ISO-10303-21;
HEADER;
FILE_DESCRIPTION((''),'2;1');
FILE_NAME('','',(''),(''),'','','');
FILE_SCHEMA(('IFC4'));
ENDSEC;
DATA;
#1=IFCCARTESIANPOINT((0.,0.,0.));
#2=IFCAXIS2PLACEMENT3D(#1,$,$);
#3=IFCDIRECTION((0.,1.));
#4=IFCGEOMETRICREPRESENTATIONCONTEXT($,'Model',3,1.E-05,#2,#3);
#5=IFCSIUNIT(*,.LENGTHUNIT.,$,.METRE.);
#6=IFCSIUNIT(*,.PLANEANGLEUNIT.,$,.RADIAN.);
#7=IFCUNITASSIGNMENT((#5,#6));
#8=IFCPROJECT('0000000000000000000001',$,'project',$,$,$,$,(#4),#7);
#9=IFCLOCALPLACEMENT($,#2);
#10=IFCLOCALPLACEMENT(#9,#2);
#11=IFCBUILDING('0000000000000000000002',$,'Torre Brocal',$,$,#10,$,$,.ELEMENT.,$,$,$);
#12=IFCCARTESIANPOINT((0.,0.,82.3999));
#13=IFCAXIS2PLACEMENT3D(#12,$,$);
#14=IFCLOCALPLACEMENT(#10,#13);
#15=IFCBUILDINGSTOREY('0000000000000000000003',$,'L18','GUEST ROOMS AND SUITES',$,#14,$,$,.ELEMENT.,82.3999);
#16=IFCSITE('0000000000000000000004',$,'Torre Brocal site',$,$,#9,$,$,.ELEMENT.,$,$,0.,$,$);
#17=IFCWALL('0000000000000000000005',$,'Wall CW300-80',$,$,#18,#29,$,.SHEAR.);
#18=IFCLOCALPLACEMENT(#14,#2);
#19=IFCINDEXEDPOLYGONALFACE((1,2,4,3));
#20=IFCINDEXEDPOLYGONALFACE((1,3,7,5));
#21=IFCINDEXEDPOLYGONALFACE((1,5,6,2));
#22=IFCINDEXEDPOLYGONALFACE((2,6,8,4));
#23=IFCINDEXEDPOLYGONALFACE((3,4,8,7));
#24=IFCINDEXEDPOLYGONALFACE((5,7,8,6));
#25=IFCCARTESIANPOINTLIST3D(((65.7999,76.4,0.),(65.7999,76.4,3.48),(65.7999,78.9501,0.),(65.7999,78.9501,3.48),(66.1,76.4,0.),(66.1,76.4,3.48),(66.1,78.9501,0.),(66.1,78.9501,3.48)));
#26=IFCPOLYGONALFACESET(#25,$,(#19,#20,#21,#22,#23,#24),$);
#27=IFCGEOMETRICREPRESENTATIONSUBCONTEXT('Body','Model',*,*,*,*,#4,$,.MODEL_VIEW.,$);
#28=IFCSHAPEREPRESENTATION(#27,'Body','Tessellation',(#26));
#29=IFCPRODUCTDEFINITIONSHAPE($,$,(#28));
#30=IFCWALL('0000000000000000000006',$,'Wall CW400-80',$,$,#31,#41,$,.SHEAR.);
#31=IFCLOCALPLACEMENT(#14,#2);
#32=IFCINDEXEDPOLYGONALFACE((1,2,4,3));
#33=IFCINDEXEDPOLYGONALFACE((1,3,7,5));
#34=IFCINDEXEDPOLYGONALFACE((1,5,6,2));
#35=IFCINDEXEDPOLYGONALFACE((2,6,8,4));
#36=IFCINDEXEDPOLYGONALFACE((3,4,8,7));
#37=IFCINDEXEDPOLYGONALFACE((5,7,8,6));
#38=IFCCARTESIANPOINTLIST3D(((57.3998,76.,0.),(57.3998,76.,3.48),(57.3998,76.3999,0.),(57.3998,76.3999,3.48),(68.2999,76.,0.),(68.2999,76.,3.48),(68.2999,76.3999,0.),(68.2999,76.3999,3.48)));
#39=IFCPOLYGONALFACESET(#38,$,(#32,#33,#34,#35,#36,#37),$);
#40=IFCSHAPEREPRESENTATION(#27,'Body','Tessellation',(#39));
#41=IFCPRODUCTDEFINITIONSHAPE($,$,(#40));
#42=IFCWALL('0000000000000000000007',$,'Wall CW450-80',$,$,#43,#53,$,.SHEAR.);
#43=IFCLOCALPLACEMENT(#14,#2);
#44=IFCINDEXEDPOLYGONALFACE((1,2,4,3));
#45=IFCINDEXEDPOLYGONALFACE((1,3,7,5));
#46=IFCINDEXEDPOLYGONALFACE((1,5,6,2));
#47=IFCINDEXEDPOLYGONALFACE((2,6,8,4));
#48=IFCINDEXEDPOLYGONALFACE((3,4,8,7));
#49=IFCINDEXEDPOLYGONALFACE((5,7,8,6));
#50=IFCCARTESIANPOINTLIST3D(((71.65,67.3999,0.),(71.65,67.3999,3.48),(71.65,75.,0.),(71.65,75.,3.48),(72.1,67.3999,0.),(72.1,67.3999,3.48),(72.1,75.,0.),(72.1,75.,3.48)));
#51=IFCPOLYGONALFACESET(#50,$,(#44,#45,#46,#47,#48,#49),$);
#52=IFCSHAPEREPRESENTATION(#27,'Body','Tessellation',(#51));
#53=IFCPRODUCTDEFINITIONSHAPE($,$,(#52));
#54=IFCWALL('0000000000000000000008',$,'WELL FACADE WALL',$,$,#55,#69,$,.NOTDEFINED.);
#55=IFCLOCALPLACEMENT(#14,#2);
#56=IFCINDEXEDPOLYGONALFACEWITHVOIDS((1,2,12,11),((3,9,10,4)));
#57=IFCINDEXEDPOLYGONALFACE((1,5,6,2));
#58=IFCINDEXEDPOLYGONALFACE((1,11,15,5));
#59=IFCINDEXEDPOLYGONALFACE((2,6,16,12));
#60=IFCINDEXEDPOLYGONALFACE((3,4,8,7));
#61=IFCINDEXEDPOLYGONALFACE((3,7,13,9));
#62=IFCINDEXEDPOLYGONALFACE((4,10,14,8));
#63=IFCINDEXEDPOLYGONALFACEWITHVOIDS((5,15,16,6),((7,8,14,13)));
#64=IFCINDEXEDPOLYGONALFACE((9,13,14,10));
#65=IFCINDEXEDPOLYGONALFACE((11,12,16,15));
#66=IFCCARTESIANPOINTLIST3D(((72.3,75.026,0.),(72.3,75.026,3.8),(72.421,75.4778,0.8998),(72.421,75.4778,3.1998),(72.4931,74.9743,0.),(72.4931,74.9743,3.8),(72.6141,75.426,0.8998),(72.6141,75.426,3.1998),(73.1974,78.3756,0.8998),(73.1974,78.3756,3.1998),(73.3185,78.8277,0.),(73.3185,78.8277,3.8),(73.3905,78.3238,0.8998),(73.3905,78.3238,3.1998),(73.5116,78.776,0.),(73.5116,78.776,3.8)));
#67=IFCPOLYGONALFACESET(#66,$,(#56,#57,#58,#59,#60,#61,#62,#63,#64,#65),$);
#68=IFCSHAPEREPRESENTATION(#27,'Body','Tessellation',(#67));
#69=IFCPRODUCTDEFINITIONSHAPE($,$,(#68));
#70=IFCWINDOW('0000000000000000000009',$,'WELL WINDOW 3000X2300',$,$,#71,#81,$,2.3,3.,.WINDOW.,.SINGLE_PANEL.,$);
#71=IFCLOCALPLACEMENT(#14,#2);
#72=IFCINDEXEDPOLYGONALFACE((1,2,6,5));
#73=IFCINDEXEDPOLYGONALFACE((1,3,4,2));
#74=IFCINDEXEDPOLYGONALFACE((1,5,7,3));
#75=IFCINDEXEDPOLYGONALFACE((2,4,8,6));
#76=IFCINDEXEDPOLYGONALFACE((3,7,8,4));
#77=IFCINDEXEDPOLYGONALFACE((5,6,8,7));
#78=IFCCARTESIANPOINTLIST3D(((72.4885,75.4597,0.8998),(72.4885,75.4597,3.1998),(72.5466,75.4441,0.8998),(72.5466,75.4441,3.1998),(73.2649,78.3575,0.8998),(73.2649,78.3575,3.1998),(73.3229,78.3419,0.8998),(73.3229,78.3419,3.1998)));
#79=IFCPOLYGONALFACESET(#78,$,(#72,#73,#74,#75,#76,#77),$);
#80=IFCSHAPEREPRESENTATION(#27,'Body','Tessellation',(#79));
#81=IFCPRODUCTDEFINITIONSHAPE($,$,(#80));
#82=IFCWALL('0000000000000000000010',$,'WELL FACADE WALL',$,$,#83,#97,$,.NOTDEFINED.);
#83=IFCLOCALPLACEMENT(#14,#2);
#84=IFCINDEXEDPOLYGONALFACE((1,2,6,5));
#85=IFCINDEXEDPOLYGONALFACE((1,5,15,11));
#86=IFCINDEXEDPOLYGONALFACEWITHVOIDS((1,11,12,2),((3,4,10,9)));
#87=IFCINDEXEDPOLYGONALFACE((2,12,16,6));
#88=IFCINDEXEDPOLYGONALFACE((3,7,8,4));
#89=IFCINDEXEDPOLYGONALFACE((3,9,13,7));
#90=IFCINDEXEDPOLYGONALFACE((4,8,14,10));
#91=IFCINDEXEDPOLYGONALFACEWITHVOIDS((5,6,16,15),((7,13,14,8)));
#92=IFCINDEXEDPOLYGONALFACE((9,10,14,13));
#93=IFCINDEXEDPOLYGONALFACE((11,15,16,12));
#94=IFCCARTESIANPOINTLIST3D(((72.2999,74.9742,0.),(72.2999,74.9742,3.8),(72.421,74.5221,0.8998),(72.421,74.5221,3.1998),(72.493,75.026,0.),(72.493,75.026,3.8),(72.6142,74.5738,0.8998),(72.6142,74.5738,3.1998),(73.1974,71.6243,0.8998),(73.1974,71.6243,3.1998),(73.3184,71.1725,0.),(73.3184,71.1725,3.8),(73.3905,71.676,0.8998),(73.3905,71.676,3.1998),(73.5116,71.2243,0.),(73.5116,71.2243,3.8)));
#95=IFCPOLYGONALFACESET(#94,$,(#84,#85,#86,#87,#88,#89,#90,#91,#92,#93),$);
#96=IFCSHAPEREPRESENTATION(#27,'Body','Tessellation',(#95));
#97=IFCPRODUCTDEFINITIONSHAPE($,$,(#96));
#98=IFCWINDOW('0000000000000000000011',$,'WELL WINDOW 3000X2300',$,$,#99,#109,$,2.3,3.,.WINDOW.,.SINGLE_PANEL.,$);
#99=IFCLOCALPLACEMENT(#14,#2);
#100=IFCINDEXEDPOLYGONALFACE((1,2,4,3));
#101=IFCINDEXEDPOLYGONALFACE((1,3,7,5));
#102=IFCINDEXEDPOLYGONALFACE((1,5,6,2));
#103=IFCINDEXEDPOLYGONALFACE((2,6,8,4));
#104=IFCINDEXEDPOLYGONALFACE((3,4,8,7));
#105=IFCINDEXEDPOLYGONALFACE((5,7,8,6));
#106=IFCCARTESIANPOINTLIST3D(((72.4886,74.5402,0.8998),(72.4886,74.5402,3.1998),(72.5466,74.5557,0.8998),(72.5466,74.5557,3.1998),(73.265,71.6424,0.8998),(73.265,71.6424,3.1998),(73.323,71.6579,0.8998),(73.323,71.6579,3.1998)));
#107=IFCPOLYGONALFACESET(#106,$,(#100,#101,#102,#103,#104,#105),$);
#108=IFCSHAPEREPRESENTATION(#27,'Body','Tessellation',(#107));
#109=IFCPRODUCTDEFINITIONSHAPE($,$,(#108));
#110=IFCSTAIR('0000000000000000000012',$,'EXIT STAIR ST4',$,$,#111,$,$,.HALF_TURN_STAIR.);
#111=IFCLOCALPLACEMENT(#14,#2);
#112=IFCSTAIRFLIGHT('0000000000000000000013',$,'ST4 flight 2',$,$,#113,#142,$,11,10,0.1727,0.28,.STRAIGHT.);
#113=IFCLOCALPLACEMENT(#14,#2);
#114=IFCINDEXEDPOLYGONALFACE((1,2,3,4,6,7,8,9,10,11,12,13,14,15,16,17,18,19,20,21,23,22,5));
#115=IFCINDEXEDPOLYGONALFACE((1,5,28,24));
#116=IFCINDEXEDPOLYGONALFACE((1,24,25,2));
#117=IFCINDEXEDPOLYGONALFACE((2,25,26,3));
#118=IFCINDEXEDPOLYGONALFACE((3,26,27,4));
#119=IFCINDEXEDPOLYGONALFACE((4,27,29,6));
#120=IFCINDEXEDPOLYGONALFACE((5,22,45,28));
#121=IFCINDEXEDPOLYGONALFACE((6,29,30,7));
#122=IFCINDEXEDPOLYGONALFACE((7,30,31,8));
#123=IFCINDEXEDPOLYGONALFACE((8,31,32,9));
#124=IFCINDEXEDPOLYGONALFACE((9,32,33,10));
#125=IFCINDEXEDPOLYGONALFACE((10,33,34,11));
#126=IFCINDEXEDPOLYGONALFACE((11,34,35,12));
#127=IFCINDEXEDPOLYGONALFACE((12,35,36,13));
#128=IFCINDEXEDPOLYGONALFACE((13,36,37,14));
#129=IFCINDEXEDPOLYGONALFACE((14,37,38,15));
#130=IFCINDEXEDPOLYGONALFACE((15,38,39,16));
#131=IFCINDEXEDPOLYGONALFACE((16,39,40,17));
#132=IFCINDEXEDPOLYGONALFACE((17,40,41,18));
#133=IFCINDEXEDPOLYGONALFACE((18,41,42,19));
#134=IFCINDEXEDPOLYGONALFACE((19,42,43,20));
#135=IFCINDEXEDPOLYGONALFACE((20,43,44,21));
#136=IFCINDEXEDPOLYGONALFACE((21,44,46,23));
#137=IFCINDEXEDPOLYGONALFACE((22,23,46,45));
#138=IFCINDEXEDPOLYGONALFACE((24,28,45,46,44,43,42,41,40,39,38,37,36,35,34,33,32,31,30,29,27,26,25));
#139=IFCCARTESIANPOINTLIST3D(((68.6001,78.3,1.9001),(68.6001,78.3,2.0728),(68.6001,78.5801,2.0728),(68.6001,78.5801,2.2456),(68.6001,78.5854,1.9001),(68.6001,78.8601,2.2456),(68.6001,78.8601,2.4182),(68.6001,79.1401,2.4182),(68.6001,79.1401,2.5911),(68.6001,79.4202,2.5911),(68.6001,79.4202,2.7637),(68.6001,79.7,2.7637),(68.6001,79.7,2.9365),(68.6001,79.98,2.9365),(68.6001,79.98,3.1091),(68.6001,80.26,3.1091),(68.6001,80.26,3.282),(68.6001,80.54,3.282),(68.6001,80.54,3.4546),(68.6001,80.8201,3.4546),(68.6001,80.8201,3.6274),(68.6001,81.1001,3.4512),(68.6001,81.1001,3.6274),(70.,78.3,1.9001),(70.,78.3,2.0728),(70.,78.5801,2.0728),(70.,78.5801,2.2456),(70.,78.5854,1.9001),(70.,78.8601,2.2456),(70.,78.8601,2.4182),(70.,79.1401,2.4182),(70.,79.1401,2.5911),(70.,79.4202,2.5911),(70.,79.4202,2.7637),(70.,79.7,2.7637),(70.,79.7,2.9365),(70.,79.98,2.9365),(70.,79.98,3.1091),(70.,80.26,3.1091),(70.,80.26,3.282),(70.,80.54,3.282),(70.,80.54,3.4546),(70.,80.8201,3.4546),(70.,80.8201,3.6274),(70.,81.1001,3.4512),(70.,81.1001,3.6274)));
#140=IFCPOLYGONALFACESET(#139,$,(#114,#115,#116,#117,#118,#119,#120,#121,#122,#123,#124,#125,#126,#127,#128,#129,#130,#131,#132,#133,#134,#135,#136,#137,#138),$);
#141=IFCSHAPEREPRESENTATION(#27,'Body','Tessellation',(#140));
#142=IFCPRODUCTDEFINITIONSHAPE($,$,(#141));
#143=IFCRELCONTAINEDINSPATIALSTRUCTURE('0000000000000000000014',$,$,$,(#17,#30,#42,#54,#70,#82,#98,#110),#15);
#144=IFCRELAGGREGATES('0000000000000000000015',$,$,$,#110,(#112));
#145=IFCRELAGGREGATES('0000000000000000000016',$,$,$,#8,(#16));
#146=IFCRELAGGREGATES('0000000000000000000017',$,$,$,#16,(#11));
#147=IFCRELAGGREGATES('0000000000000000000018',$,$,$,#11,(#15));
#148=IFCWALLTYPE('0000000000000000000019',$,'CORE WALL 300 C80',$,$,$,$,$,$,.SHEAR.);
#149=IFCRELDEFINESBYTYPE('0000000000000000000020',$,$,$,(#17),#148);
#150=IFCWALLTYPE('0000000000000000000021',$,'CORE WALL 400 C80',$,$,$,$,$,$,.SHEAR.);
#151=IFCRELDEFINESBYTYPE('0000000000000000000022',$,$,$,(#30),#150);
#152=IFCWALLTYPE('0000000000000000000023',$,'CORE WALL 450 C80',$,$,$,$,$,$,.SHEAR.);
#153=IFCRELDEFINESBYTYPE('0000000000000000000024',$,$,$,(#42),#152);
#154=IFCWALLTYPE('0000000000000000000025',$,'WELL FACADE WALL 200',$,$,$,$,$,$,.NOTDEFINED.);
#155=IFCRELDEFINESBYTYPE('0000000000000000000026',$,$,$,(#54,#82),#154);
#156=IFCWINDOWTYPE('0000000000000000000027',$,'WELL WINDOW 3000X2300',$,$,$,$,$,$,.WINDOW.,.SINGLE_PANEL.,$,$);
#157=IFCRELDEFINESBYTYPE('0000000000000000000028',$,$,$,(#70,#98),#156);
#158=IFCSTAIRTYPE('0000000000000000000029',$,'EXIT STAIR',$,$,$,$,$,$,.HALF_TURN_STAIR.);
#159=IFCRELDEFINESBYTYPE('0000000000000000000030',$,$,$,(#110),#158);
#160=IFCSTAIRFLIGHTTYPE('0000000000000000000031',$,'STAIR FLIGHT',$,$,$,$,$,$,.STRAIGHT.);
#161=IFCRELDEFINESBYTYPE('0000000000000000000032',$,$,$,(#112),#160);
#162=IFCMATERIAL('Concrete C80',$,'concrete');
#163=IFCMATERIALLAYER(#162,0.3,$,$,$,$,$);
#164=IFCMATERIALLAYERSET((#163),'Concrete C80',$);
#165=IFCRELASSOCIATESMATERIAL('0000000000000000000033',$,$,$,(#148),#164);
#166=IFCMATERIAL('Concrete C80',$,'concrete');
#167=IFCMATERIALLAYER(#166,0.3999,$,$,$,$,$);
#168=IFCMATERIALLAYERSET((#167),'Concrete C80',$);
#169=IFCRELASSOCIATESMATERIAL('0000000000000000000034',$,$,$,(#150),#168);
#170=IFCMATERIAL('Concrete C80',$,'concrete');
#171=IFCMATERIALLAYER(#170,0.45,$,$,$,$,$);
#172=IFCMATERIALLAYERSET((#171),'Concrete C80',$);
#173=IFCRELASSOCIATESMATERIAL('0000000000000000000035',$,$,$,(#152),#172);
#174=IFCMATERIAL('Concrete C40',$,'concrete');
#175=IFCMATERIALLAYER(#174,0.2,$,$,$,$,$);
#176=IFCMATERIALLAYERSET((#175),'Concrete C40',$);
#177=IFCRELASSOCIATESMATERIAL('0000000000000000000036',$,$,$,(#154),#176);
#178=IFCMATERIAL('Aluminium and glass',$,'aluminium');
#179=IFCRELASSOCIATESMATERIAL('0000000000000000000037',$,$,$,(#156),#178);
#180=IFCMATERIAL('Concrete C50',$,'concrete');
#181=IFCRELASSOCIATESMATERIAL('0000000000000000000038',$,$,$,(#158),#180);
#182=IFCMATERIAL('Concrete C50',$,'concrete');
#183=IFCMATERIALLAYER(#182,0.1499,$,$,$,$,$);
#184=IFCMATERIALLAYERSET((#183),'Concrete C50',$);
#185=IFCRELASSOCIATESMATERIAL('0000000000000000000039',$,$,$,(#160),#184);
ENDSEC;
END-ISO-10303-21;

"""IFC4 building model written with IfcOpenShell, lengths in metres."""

from ifc_helpers import new_model, si_unit, direction, frame, frame_2d, origin, place, context, subcontext, project, spatial, polyline, rectangle, outline, extrude, material, layer, layer_set, type_object, element, fill, aggregate, save


model = new_model("IFC4")

# Units and contexts
model_context = context("Model", 3, precision=1e-05, world=origin(), true_north=direction((0.0, 1.0)))
body_context = subcontext(model_context, "Body", "Model", "MODEL_VIEW")
ifc_project = project(units=[si_unit("LENGTHUNIT", "METRE"), si_unit("PLANEANGLEUNIT", "RADIAN")], contexts=[model_context])

# Site, building, storey
site_placement = place(None, origin())
site = spatial("IfcSite", under=ifc_project, at=site_placement, Name="Torre Brocal site", CompositionType="ELEMENT", RefElevation=0.0)
building_placement = place(site_placement, origin())
building = spatial("IfcBuilding", under=site, at=building_placement, Name="Torre Brocal", CompositionType="ELEMENT")
storey_placement = place(building_placement, frame((0.0, 0.0, 82.3999)))
storey = spatial("IfcBuildingStorey", under=building, at=storey_placement, Name="L18", Description="GUEST ROOMS AND SUITES", CompositionType="ELEMENT", Elevation=82.3999)

# Shared definitions
ifc_material_1 = material(Name="Concrete C80", Category="concrete")
ifc_layer_1 = layer(ifc_material_1, 0.3)
ifc_layer_set_1 = layer_set([ifc_layer_1], Name="Concrete C80")
wall_type_1 = type_object("IfcWallType", Name="CORE WALL 300 C80", PredefinedType="SHEAR", material=ifc_layer_set_1)

# Walls
wall_1_placement = place(storey_placement, frame((65.95, 78.95, 0.0), z_axis=(0.0, 0.0, 1.0), x_axis=(0.0, -1.0, 0.0)))
element("IfcWall", 1, at=wall_1_placement, inside=storey, type_object=wall_type_1, Name="Wall CW300-80", PredefinedType="SHEAR", context=body_context, shape_type="SweptSolid", body=[
    extrude(rectangle(XDim=2.55, YDim=0.3, at=frame_2d((1.2749, 0.0))), origin(), (0.0, 0.0, 1.0), 3.48),
])
ifc_material_2 = material(Name="Concrete C80", Category="concrete")
ifc_layer_2 = layer(ifc_material_2, 0.3999)
ifc_layer_set_2 = layer_set([ifc_layer_2], Name="Concrete C80")
wall_type_2 = type_object("IfcWallType", Name="CORE WALL 400 C80", PredefinedType="SHEAR", material=ifc_layer_set_2)
wall_2_placement = place(storey_placement, frame((68.3, 76.2, 0.0), z_axis=(0.0, 0.0, 1.0), x_axis=(-1.0, 0.0, 0.0)))
element("IfcWall", 2, at=wall_2_placement, inside=storey, type_object=wall_type_2, Name="Wall CW400-80", PredefinedType="SHEAR", context=body_context, shape_type="SweptSolid", body=[
    extrude(rectangle(XDim=10.9001, YDim=0.3999, at=frame_2d((5.4502, 0.0))), origin(), (0.0, 0.0, 1.0), 3.48),
])
ifc_material_3 = material(Name="Concrete C80", Category="concrete")
ifc_layer_3 = layer(ifc_material_3, 0.45)
ifc_layer_set_3 = layer_set([ifc_layer_3], Name="Concrete C80")
wall_type_3 = type_object("IfcWallType", Name="CORE WALL 450 C80", PredefinedType="SHEAR", material=ifc_layer_set_3)
wall_3_placement = place(storey_placement, frame((71.875, 75.0, 0.0), z_axis=(0.0, 0.0, 1.0), x_axis=(0.0, -1.0, 0.0)))
element("IfcWall", 3, at=wall_3_placement, inside=storey, type_object=wall_type_3, Name="Wall CW450-80", PredefinedType="SHEAR", context=body_context, shape_type="SweptSolid", body=[
    extrude(rectangle(XDim=7.6001, YDim=0.45, at=frame_2d((3.8, 0.0))), origin(), (0.0, 0.0, 1.0), 3.48),
])

# Walls, openings, windows
ifc_material_4 = material(Name="Concrete C40", Category="concrete")
ifc_layer_4 = layer(ifc_material_4, 0.2)
ifc_layer_set_4 = layer_set([ifc_layer_4], Name="Concrete C40")
wall_type_4 = type_object("IfcWallType", Name="WELL FACADE WALL 200", PredefinedType="NOTDEFINED", material=ifc_layer_set_4)
wall_4_placement = place(storey_placement, frame((73.415, 78.8018, 0.0), z_axis=(0.0, 0.0, 1.0), x_axis=(-0.25879, -0.965934, 0.0)))
wall_4 = element("IfcWall", 4, at=wall_4_placement, inside=storey, type_object=wall_type_4, Name="WELL FACADE WALL", PredefinedType="NOTDEFINED", context=body_context, shape_type="SweptSolid", body=[
    extrude(rectangle(XDim=3.9358, YDim=0.2, at=frame_2d((1.9678, 0.0))), origin(), (0.0, 0.0, 1.0), 3.8),
])
opening_1_placement = place(wall_4_placement, frame((0.468, 0.0, 0.8999)))
opening_1 = element("IfcOpeningElement", 5, at=opening_1_placement, cuts=wall_4, PredefinedType="OPENING", context=body_context, shape_type="SweptSolid", body=[
    extrude(rectangle(XDim=3.0, YDim=2.3, at=frame_2d((1.5, 1.1499))), frame((0.0, 0.1099, 0.0), z_axis=(0.0, -1.0, 0.0), x_axis=(1.0, 0.0, 0.0)), (0.0, 0.0, 1.0), 0.22),
])
ifc_material_5 = material(Name="Aluminium and glass", Category="aluminium")
window_type = type_object("IfcWindowType", Name="WELL WINDOW 3000X2300", PartitioningType="SINGLE_PANEL", PredefinedType="WINDOW", material=ifc_material_5)
window_1_placement = place(opening_1_placement, origin())
window_1 = element("IfcWindow", 6, at=window_1_placement, inside=storey, type_object=window_type, Name="WELL WINDOW 3000X2300", OverallHeight=2.3, OverallWidth=3.0, PartitioningType="SINGLE_PANEL", PredefinedType="WINDOW", context=body_context, shape_type="SweptSolid", body=[
    extrude(rectangle(XDim=3.0, YDim=2.3, at=frame_2d((1.5, 1.1499))), frame((0.0, 0.03, 0.0), z_axis=(0.0, -1.0, 0.0), x_axis=(1.0, 0.0, 0.0)), (0.0, 0.0, 1.0), 0.0601),
])
fill(opening_1, window_1)
wall_5_placement = place(storey_placement, frame((72.3965, 75.0, 0.0), z_axis=(0.0, 0.0, 1.0), x_axis=(0.25879, -0.965934, 0.0)))
wall_5 = element("IfcWall", 7, at=wall_5_placement, inside=storey, type_object=wall_type_4, Name="WELL FACADE WALL", PredefinedType="NOTDEFINED", context=body_context, shape_type="SweptSolid", body=[
    extrude(rectangle(XDim=3.9358, YDim=0.2, at=frame_2d((1.9678, 0.0))), origin(), (0.0, 0.0, 1.0), 3.8),
])
opening_2_placement = place(wall_5_placement, frame((0.468, 0.0, 0.8999)))
opening_2 = element("IfcOpeningElement", 8, at=opening_2_placement, cuts=wall_5, PredefinedType="OPENING", context=body_context, shape_type="SweptSolid", body=[
    extrude(rectangle(XDim=3.0, YDim=2.3, at=frame_2d((1.5, 1.1499))), frame((0.0, 0.1099, 0.0), z_axis=(0.0, -1.0, 0.0), x_axis=(1.0, 0.0, 0.0)), (0.0, 0.0, 1.0), 0.22),
])
window_2_placement = place(opening_2_placement, origin())
window_2 = element("IfcWindow", 9, at=window_2_placement, inside=storey, type_object=window_type, Name="WELL WINDOW 3000X2300", OverallHeight=2.3, OverallWidth=3.0, PartitioningType="SINGLE_PANEL", PredefinedType="WINDOW", context=body_context, shape_type="SweptSolid", body=[
    extrude(rectangle(XDim=3.0, YDim=2.3, at=frame_2d((1.5, 1.1499))), frame((0.0, 0.03, 0.0), z_axis=(0.0, -1.0, 0.0), x_axis=(1.0, 0.0, 0.0)), (0.0, 0.0, 1.0), 0.0601),
])
fill(opening_2, window_2)

# Stair, stair flight
ifc_material_6 = material(Name="Concrete C50", Category="concrete")
stair_type = type_object("IfcStairType", Name="EXIT STAIR", PredefinedType="HALF_TURN_STAIR", material=ifc_material_6)
stair_placement = place(storey_placement, origin())
stair = element("IfcStair", 10, at=stair_placement, inside=storey, type_object=stair_type, Name="EXIT STAIR ST4", PredefinedType="HALF_TURN_STAIR")
ifc_material_7 = material(Name="Concrete C50", Category="concrete")
ifc_layer_5 = layer(ifc_material_7, 0.1499)
ifc_layer_set_5 = layer_set([ifc_layer_5], Name="Concrete C50")
stair_flight_type = type_object("IfcStairFlightType", Name="STAIR FLIGHT", PredefinedType="STRAIGHT", material=ifc_layer_set_5)
stair_flight_placement = place(storey_placement, frame((69.3, 78.3, 1.9001), z_axis=(0.0, 0.0, 1.0), x_axis=(0.0, 1.0, 0.0)))
stair_flight = element("IfcStairFlight", 11, at=stair_flight_placement, type_object=stair_flight_type, Name="ST4 flight 2", NumberOfRisers=11, NumberOfTreads=10, PredefinedType="STRAIGHT", RiserHeight=0.1727, TreadLength=0.28, context=body_context, shape_type="SweptSolid", body=[
    extrude(outline(polyline([(0.0, 0.0), (0.0, 0.1726), (0.28, 0.1726), (0.28, 0.3455), (0.5601, 0.3455), (0.5601, 0.5181), (0.8401, 0.5181), (0.8401, 0.6909), (1.1201, 0.6909), (1.1201, 0.8635), (1.3999, 0.8635), (1.3999, 1.0364), (1.6799, 1.0364), (1.6799, 1.209), (1.96, 1.209), (1.96, 1.3818), (2.24, 1.3818), (2.24, 1.5544), (2.52, 1.5544), (2.52, 1.7273), (2.8, 1.7273), (2.8, 1.8999), (2.8, 1.551), (0.2854, 0.0), (0.0, 0.0)])), frame((0.0, 0.7, 0.0), z_axis=(0.0, -1.0, 0.0), x_axis=(1.0, 0.0, 0.0)), (0.0, 0.0, 1.0), 1.3999),
])
aggregate(stair, [stair_flight])

save(model, "model.ifc")
